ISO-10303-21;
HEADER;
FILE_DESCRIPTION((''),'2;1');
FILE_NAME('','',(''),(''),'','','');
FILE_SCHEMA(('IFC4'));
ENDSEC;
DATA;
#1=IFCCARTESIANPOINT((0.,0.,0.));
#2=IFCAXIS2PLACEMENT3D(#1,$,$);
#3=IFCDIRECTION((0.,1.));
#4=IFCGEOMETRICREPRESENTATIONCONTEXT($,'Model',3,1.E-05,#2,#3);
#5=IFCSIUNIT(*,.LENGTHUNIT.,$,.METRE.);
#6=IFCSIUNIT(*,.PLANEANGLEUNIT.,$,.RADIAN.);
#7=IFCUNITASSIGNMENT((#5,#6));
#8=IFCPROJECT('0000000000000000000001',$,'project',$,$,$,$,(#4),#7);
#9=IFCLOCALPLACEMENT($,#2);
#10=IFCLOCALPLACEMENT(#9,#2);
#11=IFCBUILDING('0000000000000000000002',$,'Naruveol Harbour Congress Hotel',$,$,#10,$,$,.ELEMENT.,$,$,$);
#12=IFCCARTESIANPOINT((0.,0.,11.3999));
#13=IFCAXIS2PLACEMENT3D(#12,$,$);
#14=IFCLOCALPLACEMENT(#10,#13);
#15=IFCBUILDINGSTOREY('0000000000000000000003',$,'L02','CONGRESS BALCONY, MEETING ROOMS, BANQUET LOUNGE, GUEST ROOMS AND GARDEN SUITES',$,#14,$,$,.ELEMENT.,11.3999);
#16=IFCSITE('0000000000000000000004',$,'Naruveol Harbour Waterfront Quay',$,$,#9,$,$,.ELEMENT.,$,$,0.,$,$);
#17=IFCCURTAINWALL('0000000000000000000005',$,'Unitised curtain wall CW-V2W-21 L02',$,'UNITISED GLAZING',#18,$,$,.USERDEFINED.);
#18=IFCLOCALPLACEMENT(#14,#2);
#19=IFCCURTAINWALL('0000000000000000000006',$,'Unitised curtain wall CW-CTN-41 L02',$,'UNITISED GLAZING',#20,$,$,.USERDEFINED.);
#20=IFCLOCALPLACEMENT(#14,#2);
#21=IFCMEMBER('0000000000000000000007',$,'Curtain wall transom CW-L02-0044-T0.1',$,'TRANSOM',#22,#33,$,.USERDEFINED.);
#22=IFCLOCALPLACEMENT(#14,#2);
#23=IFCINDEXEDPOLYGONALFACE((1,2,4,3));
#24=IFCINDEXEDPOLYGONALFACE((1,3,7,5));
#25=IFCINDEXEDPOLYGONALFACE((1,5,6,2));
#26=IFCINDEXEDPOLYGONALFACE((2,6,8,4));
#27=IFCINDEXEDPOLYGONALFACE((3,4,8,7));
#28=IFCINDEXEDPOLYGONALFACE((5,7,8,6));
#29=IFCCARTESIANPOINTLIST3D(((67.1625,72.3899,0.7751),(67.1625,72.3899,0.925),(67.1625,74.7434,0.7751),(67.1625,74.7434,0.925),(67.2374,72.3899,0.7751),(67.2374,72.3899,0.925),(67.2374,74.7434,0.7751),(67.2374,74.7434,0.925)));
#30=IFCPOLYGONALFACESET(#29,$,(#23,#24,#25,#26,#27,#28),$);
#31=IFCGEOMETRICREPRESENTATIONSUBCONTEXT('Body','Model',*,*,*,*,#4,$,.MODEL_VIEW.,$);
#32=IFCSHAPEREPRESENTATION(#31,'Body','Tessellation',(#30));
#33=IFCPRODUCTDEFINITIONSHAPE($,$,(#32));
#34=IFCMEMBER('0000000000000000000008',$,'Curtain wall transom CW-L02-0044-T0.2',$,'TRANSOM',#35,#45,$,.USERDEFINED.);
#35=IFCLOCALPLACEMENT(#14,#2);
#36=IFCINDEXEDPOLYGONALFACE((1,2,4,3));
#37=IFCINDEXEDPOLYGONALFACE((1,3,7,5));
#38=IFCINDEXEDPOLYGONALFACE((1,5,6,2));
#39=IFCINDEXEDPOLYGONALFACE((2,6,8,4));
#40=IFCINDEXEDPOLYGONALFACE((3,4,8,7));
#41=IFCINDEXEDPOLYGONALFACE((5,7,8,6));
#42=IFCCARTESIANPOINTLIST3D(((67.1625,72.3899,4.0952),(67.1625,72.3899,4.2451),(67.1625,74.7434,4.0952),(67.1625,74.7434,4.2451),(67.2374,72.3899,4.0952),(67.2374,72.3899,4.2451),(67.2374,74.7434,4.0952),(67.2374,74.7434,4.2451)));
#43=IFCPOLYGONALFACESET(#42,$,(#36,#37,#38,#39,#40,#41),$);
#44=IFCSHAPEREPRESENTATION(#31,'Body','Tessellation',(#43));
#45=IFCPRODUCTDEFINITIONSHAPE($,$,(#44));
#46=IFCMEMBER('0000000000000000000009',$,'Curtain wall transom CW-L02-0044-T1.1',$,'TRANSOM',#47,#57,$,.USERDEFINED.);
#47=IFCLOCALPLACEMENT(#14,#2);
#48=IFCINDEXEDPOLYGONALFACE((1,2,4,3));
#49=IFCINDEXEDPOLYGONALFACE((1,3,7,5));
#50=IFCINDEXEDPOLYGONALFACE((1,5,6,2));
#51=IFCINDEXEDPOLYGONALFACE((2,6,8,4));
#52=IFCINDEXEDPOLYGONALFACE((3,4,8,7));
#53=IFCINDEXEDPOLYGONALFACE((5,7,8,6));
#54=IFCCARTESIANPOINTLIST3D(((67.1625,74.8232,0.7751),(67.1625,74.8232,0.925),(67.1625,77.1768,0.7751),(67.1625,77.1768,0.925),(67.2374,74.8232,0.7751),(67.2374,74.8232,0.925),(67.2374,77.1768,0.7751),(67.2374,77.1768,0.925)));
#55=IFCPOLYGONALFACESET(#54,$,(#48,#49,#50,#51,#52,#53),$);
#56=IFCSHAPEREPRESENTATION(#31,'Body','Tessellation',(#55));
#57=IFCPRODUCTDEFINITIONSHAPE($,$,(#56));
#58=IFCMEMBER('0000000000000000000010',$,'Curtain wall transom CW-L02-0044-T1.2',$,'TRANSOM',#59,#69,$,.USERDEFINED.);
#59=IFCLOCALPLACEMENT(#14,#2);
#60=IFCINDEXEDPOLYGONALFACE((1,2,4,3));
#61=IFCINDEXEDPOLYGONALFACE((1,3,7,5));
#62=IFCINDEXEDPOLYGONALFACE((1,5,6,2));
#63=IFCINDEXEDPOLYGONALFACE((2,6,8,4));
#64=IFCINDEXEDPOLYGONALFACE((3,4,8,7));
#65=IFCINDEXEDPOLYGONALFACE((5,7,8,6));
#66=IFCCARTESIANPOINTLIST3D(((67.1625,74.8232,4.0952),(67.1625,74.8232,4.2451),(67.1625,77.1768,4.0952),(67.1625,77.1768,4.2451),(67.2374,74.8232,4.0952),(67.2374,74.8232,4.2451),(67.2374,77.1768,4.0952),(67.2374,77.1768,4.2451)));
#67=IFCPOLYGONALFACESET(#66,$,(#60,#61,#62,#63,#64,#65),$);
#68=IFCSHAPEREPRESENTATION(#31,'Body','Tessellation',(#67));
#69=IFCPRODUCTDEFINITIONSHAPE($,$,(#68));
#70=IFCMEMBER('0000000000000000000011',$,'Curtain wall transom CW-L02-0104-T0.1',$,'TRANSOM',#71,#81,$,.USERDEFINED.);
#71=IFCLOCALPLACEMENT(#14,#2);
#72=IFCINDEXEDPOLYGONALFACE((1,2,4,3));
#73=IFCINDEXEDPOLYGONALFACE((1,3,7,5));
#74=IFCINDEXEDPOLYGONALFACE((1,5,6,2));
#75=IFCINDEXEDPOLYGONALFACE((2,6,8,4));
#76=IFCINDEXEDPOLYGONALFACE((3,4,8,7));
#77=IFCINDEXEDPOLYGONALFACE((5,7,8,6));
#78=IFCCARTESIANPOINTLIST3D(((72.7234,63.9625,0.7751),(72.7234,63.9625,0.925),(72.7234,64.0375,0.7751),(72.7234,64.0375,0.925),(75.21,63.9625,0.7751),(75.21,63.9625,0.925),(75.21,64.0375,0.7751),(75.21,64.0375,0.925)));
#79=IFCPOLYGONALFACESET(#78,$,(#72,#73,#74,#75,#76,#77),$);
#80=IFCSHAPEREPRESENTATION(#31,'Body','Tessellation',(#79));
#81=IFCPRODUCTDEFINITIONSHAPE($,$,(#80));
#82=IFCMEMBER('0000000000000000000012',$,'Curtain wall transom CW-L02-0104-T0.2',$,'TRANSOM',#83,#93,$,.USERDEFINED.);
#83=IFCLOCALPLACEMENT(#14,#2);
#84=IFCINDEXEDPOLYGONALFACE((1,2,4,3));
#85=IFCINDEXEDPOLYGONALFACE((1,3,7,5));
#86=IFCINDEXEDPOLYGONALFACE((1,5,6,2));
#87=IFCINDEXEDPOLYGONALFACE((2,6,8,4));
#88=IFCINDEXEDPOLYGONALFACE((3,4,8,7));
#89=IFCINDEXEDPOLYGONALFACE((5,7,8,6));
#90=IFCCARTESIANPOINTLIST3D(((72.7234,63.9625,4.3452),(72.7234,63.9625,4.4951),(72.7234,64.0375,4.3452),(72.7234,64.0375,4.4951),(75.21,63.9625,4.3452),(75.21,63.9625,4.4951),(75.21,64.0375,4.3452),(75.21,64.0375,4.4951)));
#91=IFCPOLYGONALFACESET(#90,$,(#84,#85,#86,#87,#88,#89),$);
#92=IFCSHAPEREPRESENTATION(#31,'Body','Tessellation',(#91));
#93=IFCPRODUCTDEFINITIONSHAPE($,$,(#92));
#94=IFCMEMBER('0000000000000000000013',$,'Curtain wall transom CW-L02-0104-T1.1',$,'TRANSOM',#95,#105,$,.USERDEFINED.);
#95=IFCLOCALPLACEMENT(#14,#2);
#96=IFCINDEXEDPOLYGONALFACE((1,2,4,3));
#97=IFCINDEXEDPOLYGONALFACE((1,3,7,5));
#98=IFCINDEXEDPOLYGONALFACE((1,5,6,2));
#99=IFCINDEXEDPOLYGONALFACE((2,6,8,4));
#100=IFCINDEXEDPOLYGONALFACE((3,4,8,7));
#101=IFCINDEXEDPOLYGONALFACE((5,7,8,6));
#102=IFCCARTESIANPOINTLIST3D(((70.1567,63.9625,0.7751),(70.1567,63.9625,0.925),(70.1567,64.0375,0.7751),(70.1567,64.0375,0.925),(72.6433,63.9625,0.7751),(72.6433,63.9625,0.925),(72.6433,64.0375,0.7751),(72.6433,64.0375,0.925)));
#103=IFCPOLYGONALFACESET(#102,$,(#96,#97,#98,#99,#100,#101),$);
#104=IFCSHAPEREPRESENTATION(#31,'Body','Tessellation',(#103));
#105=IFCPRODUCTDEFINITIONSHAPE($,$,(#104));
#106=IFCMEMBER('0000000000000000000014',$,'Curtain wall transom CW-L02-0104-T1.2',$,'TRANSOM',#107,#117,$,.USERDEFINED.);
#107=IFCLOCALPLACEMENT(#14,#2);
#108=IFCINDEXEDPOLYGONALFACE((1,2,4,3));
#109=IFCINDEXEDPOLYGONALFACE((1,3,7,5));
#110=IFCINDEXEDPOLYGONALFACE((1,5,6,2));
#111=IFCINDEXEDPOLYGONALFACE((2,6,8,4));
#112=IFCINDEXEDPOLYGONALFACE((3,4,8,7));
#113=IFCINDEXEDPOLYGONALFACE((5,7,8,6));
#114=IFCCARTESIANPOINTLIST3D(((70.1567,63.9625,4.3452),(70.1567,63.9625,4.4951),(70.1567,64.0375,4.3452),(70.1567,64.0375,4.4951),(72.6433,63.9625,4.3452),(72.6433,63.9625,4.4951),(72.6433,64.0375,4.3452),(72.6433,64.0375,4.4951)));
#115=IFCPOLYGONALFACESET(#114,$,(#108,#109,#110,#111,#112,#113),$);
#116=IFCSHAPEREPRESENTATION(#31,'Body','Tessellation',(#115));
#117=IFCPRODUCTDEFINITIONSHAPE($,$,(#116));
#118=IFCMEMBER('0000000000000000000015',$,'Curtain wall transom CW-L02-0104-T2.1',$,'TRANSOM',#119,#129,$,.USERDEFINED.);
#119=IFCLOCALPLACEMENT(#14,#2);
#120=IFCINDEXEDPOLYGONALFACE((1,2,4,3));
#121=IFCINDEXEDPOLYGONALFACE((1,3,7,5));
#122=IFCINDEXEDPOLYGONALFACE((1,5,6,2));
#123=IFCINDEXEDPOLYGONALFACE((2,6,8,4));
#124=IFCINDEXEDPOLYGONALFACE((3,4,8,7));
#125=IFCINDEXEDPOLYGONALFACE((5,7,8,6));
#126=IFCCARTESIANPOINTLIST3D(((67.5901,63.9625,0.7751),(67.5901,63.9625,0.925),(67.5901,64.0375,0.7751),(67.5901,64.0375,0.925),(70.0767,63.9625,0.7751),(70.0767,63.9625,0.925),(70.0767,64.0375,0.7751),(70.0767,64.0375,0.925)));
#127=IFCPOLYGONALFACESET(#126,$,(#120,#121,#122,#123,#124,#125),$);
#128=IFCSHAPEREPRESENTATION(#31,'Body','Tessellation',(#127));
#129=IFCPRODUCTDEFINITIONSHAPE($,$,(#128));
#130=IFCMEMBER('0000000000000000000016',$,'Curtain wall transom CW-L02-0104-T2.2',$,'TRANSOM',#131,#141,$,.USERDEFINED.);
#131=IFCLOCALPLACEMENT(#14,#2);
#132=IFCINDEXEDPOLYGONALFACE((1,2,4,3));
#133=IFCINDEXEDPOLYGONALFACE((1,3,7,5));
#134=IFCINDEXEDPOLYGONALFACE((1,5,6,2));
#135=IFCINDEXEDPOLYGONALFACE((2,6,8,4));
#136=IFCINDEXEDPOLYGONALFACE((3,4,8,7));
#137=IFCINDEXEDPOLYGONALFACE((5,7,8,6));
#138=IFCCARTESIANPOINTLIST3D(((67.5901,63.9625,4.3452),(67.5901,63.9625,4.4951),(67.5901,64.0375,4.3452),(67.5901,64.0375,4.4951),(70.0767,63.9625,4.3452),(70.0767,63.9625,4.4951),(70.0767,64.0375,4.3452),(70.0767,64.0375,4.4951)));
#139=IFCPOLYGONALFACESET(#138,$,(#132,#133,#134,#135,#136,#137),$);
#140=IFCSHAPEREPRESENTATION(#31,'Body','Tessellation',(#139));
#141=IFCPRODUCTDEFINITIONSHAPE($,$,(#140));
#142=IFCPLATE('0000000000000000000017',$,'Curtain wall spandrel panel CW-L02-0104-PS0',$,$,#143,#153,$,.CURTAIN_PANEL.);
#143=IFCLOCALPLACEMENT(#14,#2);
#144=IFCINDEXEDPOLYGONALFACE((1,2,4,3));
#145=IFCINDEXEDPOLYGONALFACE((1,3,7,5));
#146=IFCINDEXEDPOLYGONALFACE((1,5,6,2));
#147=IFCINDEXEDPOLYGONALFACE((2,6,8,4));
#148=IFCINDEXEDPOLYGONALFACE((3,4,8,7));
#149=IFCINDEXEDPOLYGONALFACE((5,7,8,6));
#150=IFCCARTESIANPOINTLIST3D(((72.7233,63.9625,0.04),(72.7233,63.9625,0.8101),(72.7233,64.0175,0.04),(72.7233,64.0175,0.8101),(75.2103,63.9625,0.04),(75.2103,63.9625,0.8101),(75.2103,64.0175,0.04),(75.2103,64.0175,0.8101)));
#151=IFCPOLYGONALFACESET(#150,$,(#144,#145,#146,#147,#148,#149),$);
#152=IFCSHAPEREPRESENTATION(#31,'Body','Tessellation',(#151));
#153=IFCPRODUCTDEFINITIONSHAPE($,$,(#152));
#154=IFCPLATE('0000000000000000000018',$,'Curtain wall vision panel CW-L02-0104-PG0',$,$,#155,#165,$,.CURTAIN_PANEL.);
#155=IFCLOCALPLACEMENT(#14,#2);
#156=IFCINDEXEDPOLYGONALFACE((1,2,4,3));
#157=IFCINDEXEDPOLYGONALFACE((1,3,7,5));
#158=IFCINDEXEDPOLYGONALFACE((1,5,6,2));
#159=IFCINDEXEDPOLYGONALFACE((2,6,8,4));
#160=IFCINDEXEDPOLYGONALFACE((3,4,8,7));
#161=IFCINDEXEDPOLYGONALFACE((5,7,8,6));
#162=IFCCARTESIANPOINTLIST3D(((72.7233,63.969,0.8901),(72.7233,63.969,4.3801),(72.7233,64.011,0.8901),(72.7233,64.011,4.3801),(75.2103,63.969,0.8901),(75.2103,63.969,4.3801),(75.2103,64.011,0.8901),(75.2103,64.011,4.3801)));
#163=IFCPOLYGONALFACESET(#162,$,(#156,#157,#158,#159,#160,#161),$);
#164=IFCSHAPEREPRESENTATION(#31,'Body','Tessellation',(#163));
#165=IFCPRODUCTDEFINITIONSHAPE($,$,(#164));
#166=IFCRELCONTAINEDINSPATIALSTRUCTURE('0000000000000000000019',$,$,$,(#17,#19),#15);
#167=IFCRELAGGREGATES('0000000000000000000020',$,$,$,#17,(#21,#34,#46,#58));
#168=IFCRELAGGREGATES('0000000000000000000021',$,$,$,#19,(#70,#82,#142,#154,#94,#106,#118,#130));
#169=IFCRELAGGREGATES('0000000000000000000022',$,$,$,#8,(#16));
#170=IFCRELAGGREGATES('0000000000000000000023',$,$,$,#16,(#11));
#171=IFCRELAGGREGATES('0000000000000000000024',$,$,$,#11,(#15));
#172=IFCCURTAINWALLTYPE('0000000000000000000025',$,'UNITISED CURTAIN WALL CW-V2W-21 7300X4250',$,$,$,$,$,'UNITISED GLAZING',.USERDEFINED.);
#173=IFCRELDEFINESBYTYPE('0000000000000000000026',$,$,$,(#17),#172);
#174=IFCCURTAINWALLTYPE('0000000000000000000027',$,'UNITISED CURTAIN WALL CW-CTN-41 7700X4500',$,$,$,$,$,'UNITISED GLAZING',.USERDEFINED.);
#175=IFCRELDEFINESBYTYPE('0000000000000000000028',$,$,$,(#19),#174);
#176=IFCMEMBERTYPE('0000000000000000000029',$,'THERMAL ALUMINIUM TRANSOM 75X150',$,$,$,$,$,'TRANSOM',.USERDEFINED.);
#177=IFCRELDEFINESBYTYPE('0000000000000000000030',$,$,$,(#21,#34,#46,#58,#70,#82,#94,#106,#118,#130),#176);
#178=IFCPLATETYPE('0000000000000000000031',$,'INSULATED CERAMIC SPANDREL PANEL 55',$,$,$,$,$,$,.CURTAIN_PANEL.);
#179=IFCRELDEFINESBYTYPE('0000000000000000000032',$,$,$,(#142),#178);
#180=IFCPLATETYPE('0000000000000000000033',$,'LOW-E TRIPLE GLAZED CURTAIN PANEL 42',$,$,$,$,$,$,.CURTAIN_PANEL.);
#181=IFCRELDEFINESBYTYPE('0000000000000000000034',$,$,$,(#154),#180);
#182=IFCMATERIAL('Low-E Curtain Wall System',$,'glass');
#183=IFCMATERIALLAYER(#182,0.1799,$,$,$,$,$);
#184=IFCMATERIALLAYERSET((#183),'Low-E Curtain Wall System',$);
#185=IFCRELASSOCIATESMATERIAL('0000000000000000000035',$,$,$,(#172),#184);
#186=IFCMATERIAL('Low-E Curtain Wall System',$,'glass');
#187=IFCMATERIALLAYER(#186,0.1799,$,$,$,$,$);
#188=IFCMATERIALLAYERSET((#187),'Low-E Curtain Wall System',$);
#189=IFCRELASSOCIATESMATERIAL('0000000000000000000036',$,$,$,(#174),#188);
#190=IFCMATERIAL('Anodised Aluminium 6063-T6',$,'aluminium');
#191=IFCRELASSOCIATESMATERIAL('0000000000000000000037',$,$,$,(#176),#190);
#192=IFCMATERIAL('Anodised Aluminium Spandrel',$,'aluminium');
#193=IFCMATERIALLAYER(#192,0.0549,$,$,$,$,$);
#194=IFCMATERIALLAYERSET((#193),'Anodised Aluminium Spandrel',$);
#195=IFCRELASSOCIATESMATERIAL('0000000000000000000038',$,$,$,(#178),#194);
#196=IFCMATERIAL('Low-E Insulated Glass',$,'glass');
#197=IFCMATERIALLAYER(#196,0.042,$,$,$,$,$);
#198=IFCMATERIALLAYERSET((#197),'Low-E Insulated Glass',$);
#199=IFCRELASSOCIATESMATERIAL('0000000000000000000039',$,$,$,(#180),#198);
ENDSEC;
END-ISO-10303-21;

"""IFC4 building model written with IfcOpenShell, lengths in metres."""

from ifc_helpers import new_model, si_unit, direction, frame, origin, origin_2d, place, context, subcontext, project, spatial, rectangle, extrude, material, layer, layer_set, material_profile, profile_set, type_object, element, aggregate, save


model = new_model("IFC4")

# Units and contexts
model_context = context("Model", 3, precision=1e-05, world=origin(), true_north=direction((0.0, 1.0)))
body_context = subcontext(model_context, "Body", "Model", "MODEL_VIEW")
ifc_project = project(units=[si_unit("LENGTHUNIT", "METRE"), si_unit("PLANEANGLEUNIT", "RADIAN")], contexts=[model_context])

# Site, building, storey
site_placement = place(None, origin())
site = spatial("IfcSite", under=ifc_project, at=site_placement, Name="Naruveol Harbour Waterfront Quay", CompositionType="ELEMENT", RefElevation=0.0)
building_placement = place(site_placement, origin())
building = spatial("IfcBuilding", under=site, at=building_placement, Name="Naruveol Harbour Congress Hotel", CompositionType="ELEMENT")
storey_placement = place(building_placement, frame((0.0, 0.0, 11.3999)))
storey = spatial("IfcBuildingStorey", under=building, at=storey_placement, Name="L02", Description="CONGRESS BALCONY, MEETING ROOMS, BANQUET LOUNGE, GUEST ROOMS AND GARDEN SUITES", CompositionType="ELEMENT", Elevation=11.3999)

# Curtain walls
ifc_material_1 = material(Name="Low-E Curtain Wall System", Category="glass")
ifc_layer_1 = layer(ifc_material_1, 0.1799)
ifc_layer_set_1 = layer_set([ifc_layer_1], Name="Low-E Curtain Wall System")
curtain_wall_type_1 = type_object("IfcCurtainWallType", Name="UNITISED CURTAIN WALL CW-V2W-21 7300X4250", ElementType="UNITISED GLAZING", PredefinedType="USERDEFINED", material=ifc_layer_set_1)
curtain_wall_1_placement = place(storey_placement, origin())
curtain_wall_1 = element("IfcCurtainWall", 1, at=curtain_wall_1_placement, inside=storey, type_object=curtain_wall_type_1, Name="Unitised curtain wall CW-V2W-21 L02", ObjectType="UNITISED GLAZING", PredefinedType="USERDEFINED")
ifc_material_2 = material(Name="Low-E Curtain Wall System", Category="glass")
ifc_layer_2 = layer(ifc_material_2, 0.1799)
ifc_layer_set_2 = layer_set([ifc_layer_2], Name="Low-E Curtain Wall System")
curtain_wall_type_2 = type_object("IfcCurtainWallType", Name="UNITISED CURTAIN WALL CW-CTN-41 7700X4500", ElementType="UNITISED GLAZING", PredefinedType="USERDEFINED", material=ifc_layer_set_2)
curtain_wall_2_placement = place(storey_placement, origin())
curtain_wall_2 = element("IfcCurtainWall", 2, at=curtain_wall_2_placement, inside=storey, type_object=curtain_wall_type_2, Name="Unitised curtain wall CW-CTN-41 L02", ObjectType="UNITISED GLAZING", PredefinedType="USERDEFINED")

# Members
ifc_material_3 = material(Name="Anodised Aluminium 6063-T6", Category="aluminium")
ifc_material_profile_1 = material_profile(ifc_material_3, rectangle(XDim=0.075, YDim=0.1499, at=origin_2d()), Name="ALU-75x150")
ifc_profile_set_1 = profile_set([ifc_material_profile_1], Name="Anodised Aluminium 6063-T6")
member_type_1 = type_object("IfcMemberType", Name="THERMAL ALUMINIUM TRANSOM 75X150", ElementType="TRANSOM", PredefinedType="USERDEFINED", material=ifc_profile_set_1)
member_1_placement = place(storey_placement, frame((67.2, 72.3899, 0.8501), z_axis=(0.0, 1.0, 0.0), x_axis=(-1.0, 0.0, 0.0)))
member_1 = element("IfcMember", 3, at=member_1_placement, type_object=member_type_1, Name="Curtain wall transom CW-L02-0044-T0.1", ObjectType="TRANSOM", PredefinedType="USERDEFINED", context=body_context, shape_type="SweptSolid", body=[
    extrude(rectangle(XDim=0.075, YDim=0.1499, at=origin_2d()), origin(), (0.0, 0.0, 1.0), 2.3535),
])
member_2_placement = place(storey_placement, frame((67.2, 72.3899, 4.1702), z_axis=(0.0, 1.0, 0.0), x_axis=(-1.0, 0.0, 0.0)))
member_2 = element("IfcMember", 4, at=member_2_placement, type_object=member_type_1, Name="Curtain wall transom CW-L02-0044-T0.2", ObjectType="TRANSOM", PredefinedType="USERDEFINED", context=body_context, shape_type="SweptSolid", body=[
    extrude(rectangle(XDim=0.075, YDim=0.1499, at=origin_2d()), origin(), (0.0, 0.0, 1.0), 2.3535),
])
member_3_placement = place(storey_placement, frame((67.2, 74.8232, 0.8501), z_axis=(0.0, 1.0, 0.0), x_axis=(-1.0, 0.0, 0.0)))
member_3 = element("IfcMember", 5, at=member_3_placement, type_object=member_type_1, Name="Curtain wall transom CW-L02-0044-T1.1", ObjectType="TRANSOM", PredefinedType="USERDEFINED", context=body_context, shape_type="SweptSolid", body=[
    extrude(rectangle(XDim=0.075, YDim=0.1499, at=origin_2d()), origin(), (0.0, 0.0, 1.0), 2.3535),
])
member_4_placement = place(storey_placement, frame((67.2, 74.8232, 4.1702), z_axis=(0.0, 1.0, 0.0), x_axis=(-1.0, 0.0, 0.0)))
member_4 = element("IfcMember", 6, at=member_4_placement, type_object=member_type_1, Name="Curtain wall transom CW-L02-0044-T1.2", ObjectType="TRANSOM", PredefinedType="USERDEFINED", context=body_context, shape_type="SweptSolid", body=[
    extrude(rectangle(XDim=0.075, YDim=0.1499, at=origin_2d()), origin(), (0.0, 0.0, 1.0), 2.3535),
])
aggregate(curtain_wall_1, [member_1, member_2, member_3, member_4])
member_5_placement = place(storey_placement, frame((75.21, 64.0, 0.8501), z_axis=(-1.0, 0.0, 0.0), x_axis=(0.0, -1.0, 0.0)))
member_5 = element("IfcMember", 7, at=member_5_placement, type_object=member_type_1, Name="Curtain wall transom CW-L02-0104-T0.1", ObjectType="TRANSOM", PredefinedType="USERDEFINED", context=body_context, shape_type="SweptSolid", body=[
    extrude(rectangle(XDim=0.075, YDim=0.1499, at=origin_2d()), origin(), (0.0, 0.0, 1.0), 2.4866),
])
member_6_placement = place(storey_placement, frame((75.21, 64.0, 4.4202), z_axis=(-1.0, 0.0, 0.0), x_axis=(0.0, -1.0, 0.0)))
member_6 = element("IfcMember", 8, at=member_6_placement, type_object=member_type_1, Name="Curtain wall transom CW-L02-0104-T0.2", ObjectType="TRANSOM", PredefinedType="USERDEFINED", context=body_context, shape_type="SweptSolid", body=[
    extrude(rectangle(XDim=0.075, YDim=0.1499, at=origin_2d()), origin(), (0.0, 0.0, 1.0), 2.4866),
])
member_7_placement = place(storey_placement, frame((72.6433, 64.0, 0.8501), z_axis=(-1.0, 0.0, 0.0), x_axis=(0.0, -1.0, 0.0)))
member_7 = element("IfcMember", 9, at=member_7_placement, type_object=member_type_1, Name="Curtain wall transom CW-L02-0104-T1.1", ObjectType="TRANSOM", PredefinedType="USERDEFINED", context=body_context, shape_type="SweptSolid", body=[
    extrude(rectangle(XDim=0.075, YDim=0.1499, at=origin_2d()), origin(), (0.0, 0.0, 1.0), 2.4866),
])
member_8_placement = place(storey_placement, frame((72.6433, 64.0, 4.4202), z_axis=(-1.0, 0.0, 0.0), x_axis=(0.0, -1.0, 0.0)))
member_8 = element("IfcMember", 10, at=member_8_placement, type_object=member_type_1, Name="Curtain wall transom CW-L02-0104-T1.2", ObjectType="TRANSOM", PredefinedType="USERDEFINED", context=body_context, shape_type="SweptSolid", body=[
    extrude(rectangle(XDim=0.075, YDim=0.1499, at=origin_2d()), origin(), (0.0, 0.0, 1.0), 2.4866),
])
member_9_placement = place(storey_placement, frame((70.0767, 64.0, 0.8501), z_axis=(-1.0, 0.0, 0.0), x_axis=(0.0, -1.0, 0.0)))
member_9 = element("IfcMember", 11, at=member_9_placement, type_object=member_type_1, Name="Curtain wall transom CW-L02-0104-T2.1", ObjectType="TRANSOM", PredefinedType="USERDEFINED", context=body_context, shape_type="SweptSolid", body=[
    extrude(rectangle(XDim=0.075, YDim=0.1499, at=origin_2d()), origin(), (0.0, 0.0, 1.0), 2.4866),
])
member_10_placement = place(storey_placement, frame((70.0767, 64.0, 4.4202), z_axis=(-1.0, 0.0, 0.0), x_axis=(0.0, -1.0, 0.0)))
member_10 = element("IfcMember", 12, at=member_10_placement, type_object=member_type_1, Name="Curtain wall transom CW-L02-0104-T2.2", ObjectType="TRANSOM", PredefinedType="USERDEFINED", context=body_context, shape_type="SweptSolid", body=[
    extrude(rectangle(XDim=0.075, YDim=0.1499, at=origin_2d()), origin(), (0.0, 0.0, 1.0), 2.4866),
])

# Plates
ifc_material_4 = material(Name="Anodised Aluminium Spandrel", Category="aluminium")
ifc_layer_3 = layer(ifc_material_4, 0.0549)
ifc_layer_set_3 = layer_set([ifc_layer_3], Name="Anodised Aluminium Spandrel")
plate_type_1 = type_object("IfcPlateType", Name="INSULATED CERAMIC SPANDREL PANEL 55", PredefinedType="CURTAIN_PANEL", material=ifc_layer_set_3)
plate_1_placement = place(storey_placement, frame((73.9668, 63.99, 0.04), z_axis=(0.0, 0.0, 1.0), x_axis=(-1.0, 0.0, 0.0)))
plate_1 = element("IfcPlate", 13, at=plate_1_placement, type_object=plate_type_1, Name="Curtain wall spandrel panel CW-L02-0104-PS0", PredefinedType="CURTAIN_PANEL", context=body_context, shape_type="SweptSolid", body=[
    extrude(rectangle(XDim=2.4871, YDim=0.0549, at=origin_2d()), origin(), (0.0, 0.0, 1.0), 0.77),
])
ifc_material_5 = material(Name="Low-E Insulated Glass", Category="glass")
ifc_layer_4 = layer(ifc_material_5, 0.042)
ifc_layer_set_4 = layer_set([ifc_layer_4], Name="Low-E Insulated Glass")
plate_type_2 = type_object("IfcPlateType", Name="LOW-E TRIPLE GLAZED CURTAIN PANEL 42", PredefinedType="CURTAIN_PANEL", material=ifc_layer_set_4)
plate_2_placement = place(storey_placement, frame((73.9668, 63.99, 0.8901), z_axis=(0.0, 0.0, 1.0), x_axis=(-1.0, 0.0, 0.0)))
plate_2 = element("IfcPlate", 14, at=plate_2_placement, type_object=plate_type_2, Name="Curtain wall vision panel CW-L02-0104-PG0", PredefinedType="CURTAIN_PANEL", context=body_context, shape_type="SweptSolid", body=[
    extrude(rectangle(XDim=2.4871, YDim=0.042, at=origin_2d()), origin(), (0.0, 0.0, 1.0), 3.49),
])
aggregate(curtain_wall_2, [member_5, member_6, plate_1, plate_2, member_7, member_8, member_9, member_10])

save(model, "model.ifc")
